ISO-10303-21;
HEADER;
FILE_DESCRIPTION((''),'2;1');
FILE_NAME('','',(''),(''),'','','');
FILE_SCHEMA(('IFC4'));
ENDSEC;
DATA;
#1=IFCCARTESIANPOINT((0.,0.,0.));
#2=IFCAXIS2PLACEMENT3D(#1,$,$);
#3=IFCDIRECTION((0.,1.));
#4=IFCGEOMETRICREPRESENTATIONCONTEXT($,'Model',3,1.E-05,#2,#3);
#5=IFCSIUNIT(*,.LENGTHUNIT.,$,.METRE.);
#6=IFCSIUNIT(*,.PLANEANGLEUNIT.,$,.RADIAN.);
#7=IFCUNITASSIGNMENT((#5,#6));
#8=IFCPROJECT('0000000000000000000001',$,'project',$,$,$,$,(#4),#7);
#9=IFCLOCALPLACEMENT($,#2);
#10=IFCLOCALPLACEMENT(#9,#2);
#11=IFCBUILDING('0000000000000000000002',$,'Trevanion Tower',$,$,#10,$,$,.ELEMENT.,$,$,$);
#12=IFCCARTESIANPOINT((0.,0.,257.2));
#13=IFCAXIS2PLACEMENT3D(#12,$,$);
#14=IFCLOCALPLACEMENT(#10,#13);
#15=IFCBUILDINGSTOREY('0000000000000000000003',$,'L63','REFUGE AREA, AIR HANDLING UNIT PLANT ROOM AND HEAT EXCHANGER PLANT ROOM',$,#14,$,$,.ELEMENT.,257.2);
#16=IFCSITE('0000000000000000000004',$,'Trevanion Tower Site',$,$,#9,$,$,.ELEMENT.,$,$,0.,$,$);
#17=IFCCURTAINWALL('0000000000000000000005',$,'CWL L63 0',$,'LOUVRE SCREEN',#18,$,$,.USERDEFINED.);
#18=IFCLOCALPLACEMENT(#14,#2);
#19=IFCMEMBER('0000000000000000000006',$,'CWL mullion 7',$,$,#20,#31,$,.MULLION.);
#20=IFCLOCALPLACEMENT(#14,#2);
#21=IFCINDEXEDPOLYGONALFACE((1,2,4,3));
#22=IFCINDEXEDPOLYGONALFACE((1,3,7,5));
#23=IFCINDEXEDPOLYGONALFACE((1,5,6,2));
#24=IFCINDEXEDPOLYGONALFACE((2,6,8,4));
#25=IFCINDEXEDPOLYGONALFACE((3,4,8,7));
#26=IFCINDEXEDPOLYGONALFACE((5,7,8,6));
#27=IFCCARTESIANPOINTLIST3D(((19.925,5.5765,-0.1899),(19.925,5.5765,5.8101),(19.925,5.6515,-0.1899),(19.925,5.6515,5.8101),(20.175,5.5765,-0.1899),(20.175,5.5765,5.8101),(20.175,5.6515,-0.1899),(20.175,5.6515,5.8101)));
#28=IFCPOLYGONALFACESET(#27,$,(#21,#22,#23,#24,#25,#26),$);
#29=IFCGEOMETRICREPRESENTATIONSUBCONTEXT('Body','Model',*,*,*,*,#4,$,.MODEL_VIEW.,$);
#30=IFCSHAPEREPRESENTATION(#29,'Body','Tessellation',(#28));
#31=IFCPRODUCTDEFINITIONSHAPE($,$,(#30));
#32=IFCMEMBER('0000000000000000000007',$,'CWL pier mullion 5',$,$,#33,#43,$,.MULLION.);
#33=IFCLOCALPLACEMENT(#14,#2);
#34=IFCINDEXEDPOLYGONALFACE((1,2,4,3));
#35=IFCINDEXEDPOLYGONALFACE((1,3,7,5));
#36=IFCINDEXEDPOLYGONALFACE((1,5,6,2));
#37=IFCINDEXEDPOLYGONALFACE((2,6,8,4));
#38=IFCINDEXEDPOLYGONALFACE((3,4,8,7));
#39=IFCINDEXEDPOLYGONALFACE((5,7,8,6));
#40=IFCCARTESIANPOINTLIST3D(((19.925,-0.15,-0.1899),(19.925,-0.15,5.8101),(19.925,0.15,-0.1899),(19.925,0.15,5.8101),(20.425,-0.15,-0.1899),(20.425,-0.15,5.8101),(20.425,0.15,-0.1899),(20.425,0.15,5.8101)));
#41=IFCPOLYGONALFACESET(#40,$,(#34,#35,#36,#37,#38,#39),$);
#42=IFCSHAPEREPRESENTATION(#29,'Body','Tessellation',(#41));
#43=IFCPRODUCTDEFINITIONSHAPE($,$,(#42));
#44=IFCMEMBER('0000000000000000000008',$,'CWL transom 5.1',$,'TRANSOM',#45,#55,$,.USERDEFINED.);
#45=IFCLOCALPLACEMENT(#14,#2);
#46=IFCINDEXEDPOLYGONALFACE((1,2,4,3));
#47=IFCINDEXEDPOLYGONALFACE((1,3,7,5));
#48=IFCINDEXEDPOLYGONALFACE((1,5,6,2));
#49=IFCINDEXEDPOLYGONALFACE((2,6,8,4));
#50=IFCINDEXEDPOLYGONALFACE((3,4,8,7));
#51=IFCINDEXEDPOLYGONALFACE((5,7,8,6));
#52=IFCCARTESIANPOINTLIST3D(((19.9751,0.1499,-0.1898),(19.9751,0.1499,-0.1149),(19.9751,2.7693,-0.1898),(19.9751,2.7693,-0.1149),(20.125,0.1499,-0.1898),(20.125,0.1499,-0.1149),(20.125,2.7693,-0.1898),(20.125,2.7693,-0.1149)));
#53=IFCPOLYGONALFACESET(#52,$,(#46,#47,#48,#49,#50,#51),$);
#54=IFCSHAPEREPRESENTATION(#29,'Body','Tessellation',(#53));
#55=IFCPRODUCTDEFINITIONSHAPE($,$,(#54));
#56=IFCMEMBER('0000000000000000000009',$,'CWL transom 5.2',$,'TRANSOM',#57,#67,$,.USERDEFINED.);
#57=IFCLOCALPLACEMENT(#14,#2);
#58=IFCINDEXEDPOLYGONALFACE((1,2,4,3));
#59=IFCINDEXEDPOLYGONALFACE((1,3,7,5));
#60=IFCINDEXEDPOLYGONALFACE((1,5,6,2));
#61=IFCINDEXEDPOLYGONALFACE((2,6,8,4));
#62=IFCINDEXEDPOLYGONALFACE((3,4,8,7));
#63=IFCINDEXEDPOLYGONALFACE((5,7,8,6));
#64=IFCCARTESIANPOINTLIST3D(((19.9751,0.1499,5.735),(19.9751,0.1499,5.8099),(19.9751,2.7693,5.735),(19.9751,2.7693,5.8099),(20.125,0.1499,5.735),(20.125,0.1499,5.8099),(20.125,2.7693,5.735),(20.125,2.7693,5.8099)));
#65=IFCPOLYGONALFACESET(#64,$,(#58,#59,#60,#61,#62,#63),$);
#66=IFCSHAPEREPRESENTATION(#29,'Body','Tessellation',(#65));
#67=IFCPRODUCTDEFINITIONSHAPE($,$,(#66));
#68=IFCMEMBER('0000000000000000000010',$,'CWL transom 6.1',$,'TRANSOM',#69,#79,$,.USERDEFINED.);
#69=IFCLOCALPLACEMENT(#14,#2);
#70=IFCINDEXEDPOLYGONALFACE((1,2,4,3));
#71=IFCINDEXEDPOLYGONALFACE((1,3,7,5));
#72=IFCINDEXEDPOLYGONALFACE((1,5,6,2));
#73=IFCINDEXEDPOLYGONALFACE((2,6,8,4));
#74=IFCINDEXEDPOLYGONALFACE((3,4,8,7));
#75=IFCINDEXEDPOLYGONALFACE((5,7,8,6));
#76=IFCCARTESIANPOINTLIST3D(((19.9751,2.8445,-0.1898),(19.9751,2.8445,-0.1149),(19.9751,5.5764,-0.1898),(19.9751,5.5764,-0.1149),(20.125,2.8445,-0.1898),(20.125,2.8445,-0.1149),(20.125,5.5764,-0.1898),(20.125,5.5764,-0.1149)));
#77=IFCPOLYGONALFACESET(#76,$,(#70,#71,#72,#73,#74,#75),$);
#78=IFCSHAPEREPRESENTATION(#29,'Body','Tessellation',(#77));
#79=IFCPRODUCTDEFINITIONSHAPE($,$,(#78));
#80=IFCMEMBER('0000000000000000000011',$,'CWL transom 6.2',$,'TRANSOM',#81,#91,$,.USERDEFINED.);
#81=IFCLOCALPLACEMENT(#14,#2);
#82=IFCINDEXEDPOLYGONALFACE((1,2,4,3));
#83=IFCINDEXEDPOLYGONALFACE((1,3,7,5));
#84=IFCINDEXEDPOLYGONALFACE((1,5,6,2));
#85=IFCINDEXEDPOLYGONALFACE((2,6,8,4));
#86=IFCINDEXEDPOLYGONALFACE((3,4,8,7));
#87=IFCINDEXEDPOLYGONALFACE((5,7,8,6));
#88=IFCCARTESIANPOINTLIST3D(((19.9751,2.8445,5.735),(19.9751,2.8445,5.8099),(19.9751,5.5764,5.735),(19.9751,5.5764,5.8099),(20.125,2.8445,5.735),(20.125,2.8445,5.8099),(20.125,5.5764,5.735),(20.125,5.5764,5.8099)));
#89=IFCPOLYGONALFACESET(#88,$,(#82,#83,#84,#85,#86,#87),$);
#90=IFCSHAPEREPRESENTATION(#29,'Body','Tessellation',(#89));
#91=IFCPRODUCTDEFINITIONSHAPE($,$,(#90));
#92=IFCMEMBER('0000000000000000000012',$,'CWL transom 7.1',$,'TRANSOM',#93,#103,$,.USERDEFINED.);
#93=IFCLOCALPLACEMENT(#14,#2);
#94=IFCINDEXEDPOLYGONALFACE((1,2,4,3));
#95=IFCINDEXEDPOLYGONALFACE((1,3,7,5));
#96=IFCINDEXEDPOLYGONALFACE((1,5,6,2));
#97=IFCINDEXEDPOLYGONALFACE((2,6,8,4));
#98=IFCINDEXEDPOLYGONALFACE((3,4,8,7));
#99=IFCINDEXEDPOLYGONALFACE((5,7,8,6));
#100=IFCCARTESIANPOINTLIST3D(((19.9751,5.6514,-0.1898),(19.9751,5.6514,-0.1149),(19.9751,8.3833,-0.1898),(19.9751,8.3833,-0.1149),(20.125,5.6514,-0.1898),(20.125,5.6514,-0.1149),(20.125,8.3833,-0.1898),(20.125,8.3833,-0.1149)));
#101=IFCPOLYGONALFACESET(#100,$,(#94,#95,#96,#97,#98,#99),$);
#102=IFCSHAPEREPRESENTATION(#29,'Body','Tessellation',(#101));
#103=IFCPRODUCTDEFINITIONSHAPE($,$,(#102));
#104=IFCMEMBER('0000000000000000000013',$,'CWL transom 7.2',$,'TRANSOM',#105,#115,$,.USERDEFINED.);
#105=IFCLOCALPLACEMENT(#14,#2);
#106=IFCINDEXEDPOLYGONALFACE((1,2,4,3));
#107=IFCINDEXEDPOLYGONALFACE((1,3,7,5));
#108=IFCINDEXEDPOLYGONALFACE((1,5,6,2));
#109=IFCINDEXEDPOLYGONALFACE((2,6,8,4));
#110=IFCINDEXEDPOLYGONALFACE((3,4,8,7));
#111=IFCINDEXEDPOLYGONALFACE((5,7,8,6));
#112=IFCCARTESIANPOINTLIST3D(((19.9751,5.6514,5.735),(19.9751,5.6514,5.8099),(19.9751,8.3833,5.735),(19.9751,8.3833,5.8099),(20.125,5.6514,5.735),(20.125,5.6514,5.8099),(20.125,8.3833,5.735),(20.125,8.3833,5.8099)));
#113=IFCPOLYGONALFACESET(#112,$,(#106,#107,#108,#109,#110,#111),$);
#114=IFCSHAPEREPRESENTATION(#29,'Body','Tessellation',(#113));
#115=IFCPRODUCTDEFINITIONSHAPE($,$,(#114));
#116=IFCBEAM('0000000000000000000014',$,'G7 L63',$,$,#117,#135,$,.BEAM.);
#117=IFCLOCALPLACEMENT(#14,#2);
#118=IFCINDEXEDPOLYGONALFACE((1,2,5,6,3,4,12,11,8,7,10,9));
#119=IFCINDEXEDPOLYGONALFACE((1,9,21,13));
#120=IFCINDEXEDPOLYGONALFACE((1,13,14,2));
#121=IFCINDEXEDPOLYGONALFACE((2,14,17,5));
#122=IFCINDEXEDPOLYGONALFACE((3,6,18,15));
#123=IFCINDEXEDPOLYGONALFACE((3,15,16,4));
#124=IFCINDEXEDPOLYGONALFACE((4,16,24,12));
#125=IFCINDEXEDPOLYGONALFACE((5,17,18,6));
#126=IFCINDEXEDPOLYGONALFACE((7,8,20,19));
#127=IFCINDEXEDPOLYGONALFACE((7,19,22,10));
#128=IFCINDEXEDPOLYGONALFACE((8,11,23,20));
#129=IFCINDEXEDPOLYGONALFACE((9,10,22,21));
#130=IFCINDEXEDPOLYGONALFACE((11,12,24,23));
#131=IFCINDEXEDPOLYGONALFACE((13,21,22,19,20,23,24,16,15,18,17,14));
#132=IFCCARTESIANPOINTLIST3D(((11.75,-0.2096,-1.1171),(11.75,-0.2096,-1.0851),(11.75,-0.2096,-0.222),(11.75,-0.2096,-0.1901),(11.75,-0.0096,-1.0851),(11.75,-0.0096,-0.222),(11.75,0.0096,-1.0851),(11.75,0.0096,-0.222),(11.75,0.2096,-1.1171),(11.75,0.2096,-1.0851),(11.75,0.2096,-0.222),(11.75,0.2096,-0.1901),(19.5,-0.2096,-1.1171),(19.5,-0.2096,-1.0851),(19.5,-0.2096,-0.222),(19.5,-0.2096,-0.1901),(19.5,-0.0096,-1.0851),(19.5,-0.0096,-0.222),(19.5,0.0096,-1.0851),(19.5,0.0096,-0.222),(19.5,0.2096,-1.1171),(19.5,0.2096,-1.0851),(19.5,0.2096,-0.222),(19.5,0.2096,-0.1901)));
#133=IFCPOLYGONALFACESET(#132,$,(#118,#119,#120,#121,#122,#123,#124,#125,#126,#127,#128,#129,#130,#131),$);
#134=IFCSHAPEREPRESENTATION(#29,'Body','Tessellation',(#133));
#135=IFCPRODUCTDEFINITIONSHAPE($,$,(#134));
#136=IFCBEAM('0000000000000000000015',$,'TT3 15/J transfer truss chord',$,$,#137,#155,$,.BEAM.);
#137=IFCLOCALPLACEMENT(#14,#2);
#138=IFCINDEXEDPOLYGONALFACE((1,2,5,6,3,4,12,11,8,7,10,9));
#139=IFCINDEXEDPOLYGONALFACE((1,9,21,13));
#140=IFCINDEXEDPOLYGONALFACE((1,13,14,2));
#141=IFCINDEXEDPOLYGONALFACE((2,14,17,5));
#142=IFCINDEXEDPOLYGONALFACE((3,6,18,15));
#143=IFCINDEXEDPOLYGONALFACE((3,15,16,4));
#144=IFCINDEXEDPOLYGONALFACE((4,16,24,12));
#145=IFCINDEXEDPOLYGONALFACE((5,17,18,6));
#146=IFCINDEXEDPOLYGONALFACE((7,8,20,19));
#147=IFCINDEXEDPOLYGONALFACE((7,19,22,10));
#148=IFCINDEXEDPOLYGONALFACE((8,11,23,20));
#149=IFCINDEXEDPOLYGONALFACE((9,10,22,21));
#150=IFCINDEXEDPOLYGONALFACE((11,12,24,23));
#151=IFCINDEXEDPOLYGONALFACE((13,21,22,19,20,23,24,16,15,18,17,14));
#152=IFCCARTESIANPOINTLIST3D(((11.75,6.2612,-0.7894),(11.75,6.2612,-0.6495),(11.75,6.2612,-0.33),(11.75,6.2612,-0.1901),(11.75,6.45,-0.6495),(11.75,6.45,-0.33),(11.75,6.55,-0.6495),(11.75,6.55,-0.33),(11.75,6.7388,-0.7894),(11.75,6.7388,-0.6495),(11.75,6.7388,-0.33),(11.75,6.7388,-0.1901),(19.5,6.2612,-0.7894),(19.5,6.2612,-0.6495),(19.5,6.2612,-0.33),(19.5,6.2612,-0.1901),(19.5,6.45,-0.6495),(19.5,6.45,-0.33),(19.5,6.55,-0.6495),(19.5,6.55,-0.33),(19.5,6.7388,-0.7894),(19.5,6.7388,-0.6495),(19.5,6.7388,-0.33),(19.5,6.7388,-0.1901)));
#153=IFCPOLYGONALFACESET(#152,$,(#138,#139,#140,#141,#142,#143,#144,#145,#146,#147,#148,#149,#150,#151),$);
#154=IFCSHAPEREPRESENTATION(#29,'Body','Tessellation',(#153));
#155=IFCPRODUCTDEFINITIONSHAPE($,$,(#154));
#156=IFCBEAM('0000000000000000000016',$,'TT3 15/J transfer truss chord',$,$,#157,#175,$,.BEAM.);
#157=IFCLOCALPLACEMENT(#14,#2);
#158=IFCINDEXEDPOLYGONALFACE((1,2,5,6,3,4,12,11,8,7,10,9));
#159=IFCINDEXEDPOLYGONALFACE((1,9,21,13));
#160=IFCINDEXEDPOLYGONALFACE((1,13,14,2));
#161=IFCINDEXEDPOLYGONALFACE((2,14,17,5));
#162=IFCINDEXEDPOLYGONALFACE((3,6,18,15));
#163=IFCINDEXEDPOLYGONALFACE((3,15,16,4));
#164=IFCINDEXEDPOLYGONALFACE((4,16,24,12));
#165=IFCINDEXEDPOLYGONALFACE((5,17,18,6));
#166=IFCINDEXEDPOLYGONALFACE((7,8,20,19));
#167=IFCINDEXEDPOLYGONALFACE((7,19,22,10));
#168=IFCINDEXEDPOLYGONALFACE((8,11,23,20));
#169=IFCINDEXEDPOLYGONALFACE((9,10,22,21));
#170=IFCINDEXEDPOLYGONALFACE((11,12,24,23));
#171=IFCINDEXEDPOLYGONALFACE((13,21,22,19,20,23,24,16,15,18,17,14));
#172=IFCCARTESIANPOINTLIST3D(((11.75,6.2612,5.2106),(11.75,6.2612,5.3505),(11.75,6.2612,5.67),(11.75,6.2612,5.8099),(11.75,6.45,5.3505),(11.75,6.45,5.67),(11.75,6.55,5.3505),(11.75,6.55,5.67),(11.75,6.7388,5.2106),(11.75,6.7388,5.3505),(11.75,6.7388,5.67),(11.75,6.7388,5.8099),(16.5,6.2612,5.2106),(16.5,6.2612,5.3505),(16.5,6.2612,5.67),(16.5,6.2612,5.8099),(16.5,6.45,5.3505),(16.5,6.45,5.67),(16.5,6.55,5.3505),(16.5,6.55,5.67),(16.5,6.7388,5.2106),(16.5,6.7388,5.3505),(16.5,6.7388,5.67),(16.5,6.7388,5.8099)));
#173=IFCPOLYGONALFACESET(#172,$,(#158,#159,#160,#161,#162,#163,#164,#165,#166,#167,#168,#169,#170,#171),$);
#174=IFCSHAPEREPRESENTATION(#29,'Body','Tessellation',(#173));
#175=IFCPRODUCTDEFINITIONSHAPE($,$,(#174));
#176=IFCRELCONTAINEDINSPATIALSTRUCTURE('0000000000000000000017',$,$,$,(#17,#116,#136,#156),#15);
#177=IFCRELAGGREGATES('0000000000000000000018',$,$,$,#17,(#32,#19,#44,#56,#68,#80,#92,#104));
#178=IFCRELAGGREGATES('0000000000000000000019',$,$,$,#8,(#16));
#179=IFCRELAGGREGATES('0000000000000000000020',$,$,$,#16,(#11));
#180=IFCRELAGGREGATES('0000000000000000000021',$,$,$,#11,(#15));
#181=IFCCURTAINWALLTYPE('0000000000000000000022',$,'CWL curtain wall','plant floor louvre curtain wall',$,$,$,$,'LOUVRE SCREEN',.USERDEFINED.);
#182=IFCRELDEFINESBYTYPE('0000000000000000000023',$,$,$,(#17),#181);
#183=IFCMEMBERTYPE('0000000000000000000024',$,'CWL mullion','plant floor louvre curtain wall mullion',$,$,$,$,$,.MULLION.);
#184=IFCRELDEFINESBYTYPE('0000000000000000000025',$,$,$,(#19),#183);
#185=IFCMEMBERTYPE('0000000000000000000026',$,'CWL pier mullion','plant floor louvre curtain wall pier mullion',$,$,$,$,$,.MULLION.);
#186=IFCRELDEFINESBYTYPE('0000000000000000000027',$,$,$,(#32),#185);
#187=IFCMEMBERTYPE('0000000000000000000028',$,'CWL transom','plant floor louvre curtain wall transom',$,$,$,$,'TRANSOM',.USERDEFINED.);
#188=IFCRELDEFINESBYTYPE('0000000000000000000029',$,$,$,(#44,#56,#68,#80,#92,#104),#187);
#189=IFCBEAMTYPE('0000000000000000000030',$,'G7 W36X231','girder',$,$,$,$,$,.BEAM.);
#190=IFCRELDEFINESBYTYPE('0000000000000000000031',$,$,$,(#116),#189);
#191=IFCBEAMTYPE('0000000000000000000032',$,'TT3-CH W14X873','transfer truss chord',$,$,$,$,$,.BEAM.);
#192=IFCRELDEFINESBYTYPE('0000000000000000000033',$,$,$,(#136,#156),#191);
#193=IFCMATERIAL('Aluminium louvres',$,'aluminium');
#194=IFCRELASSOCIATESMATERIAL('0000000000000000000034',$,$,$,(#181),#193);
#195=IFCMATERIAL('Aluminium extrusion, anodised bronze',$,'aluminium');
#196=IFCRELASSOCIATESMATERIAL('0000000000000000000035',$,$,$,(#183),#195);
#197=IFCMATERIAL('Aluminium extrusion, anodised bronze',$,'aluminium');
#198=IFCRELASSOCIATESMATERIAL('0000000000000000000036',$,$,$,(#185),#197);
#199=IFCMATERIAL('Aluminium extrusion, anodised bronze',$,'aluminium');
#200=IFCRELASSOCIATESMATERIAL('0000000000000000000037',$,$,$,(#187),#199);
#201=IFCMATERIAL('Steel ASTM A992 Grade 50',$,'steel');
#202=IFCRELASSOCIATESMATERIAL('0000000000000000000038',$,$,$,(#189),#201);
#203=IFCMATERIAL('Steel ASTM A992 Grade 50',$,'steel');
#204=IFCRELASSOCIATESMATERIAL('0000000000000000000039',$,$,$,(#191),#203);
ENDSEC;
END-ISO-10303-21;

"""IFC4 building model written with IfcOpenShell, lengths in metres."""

from ifc_helpers import new_model, si_unit, direction, frame, origin, origin_2d, place, context, subcontext, project, spatial, rectangle, i_section, extrude, material, material_profile, profile_set, type_object, element, aggregate, save


model = new_model("IFC4")

# Units and contexts
model_context = context("Model", 3, precision=1e-05, world=origin(), true_north=direction((0.0, 1.0)))
body_context = subcontext(model_context, "Body", "Model", "MODEL_VIEW")
ifc_project = project(units=[si_unit("LENGTHUNIT", "METRE"), si_unit("PLANEANGLEUNIT", "RADIAN")], contexts=[model_context])

# Site, building, storey
site_placement = place(None, origin())
site = spatial("IfcSite", under=ifc_project, at=site_placement, Name="Trevanion Tower Site", CompositionType="ELEMENT", RefElevation=0.0)
building_placement = place(site_placement, origin())
building = spatial("IfcBuilding", under=site, at=building_placement, Name="Trevanion Tower", CompositionType="ELEMENT")
storey_placement = place(building_placement, frame((0.0, 0.0, 257.2)))
storey = spatial("IfcBuildingStorey", under=building, at=storey_placement, Name="L63", Description="REFUGE AREA, AIR HANDLING UNIT PLANT ROOM AND HEAT EXCHANGER PLANT ROOM", CompositionType="ELEMENT", Elevation=257.2)

# Curtain wall, members
ifc_material_1 = material(Name="Aluminium louvres", Category="aluminium")
curtain_wall_type = type_object("IfcCurtainWallType", Name="CWL curtain wall", Description="plant floor louvre curtain wall", ElementType="LOUVRE SCREEN", PredefinedType="USERDEFINED", material=ifc_material_1)
curtain_wall_placement = place(storey_placement, origin())
curtain_wall = element("IfcCurtainWall", 1, at=curtain_wall_placement, inside=storey, type_object=curtain_wall_type, Name="CWL L63 0", ObjectType="LOUVRE SCREEN", PredefinedType="USERDEFINED")
ifc_material_2 = material(Name="Aluminium extrusion, anodised bronze", Category="aluminium")
ifc_material_profile_1 = material_profile(ifc_material_2, rectangle(XDim=0.075, YDim=0.25, at=origin_2d()), Name="CWL mullion")
ifc_profile_set_1 = profile_set([ifc_material_profile_1], Name="Aluminium extrusion, anodised bronze")
member_type_1 = type_object("IfcMemberType", Name="CWL mullion", Description="plant floor louvre curtain wall mullion", PredefinedType="MULLION", material=ifc_profile_set_1)
member_1_placement = place(storey_placement, frame((20.05, 5.614, -0.1899), z_axis=(0.0, 0.0, 1.0), x_axis=(0.0, 1.0, 0.0)))
member_1 = element("IfcMember", 2, at=member_1_placement, type_object=member_type_1, Name="CWL mullion 7", PredefinedType="MULLION", context=body_context, shape_type="SweptSolid", body=[
    extrude(rectangle(XDim=0.075, YDim=0.25, at=origin_2d()), origin(), (0.0, 0.0, 1.0), 6.0),
])
ifc_material_3 = material(Name="Aluminium extrusion, anodised bronze", Category="aluminium")
ifc_material_profile_2 = material_profile(ifc_material_3, rectangle(XDim=0.3, YDim=0.5, at=origin_2d()), Name="CWL pier mullion")
ifc_profile_set_2 = profile_set([ifc_material_profile_2], Name="Aluminium extrusion, anodised bronze")
member_type_2 = type_object("IfcMemberType", Name="CWL pier mullion", Description="plant floor louvre curtain wall pier mullion", PredefinedType="MULLION", material=ifc_profile_set_2)
member_2_placement = place(storey_placement, frame((20.175, 0.0, -0.1899), z_axis=(0.0, 0.0, 1.0), x_axis=(0.0, 1.0, 0.0)))
member_2 = element("IfcMember", 3, at=member_2_placement, type_object=member_type_2, Name="CWL pier mullion 5", PredefinedType="MULLION", context=body_context, shape_type="SweptSolid", body=[
    extrude(rectangle(XDim=0.3, YDim=0.5, at=origin_2d()), origin(), (0.0, 0.0, 1.0), 6.0),
])
ifc_material_4 = material(Name="Aluminium extrusion, anodised bronze", Category="aluminium")
ifc_material_profile_3 = material_profile(ifc_material_4, rectangle(XDim=0.1499, YDim=0.075, at=origin_2d()), Name="CWL transom")
ifc_profile_set_3 = profile_set([ifc_material_profile_3], Name="Aluminium extrusion, anodised bronze")
member_type_3 = type_object("IfcMemberType", Name="CWL transom", Description="plant floor louvre curtain wall transom", ElementType="TRANSOM", PredefinedType="USERDEFINED", material=ifc_profile_set_3)
member_3_placement = place(storey_placement, frame((20.05, 0.1499, -0.1523), z_axis=(0.0, 1.0, 0.0), x_axis=(-1.0, 0.0, 0.0)))
member_3 = element("IfcMember", 4, at=member_3_placement, type_object=member_type_3, Name="CWL transom 5.1", ObjectType="TRANSOM", PredefinedType="USERDEFINED", context=body_context, shape_type="SweptSolid", body=[
    extrude(rectangle(XDim=0.1499, YDim=0.075, at=origin_2d()), origin(), (0.0, 0.0, 1.0), 2.6194),
])
member_4_placement = place(storey_placement, frame((20.05, 0.1499, 5.7725), z_axis=(0.0, 1.0, 0.0), x_axis=(-1.0, 0.0, 0.0)))
member_4 = element("IfcMember", 5, at=member_4_placement, type_object=member_type_3, Name="CWL transom 5.2", ObjectType="TRANSOM", PredefinedType="USERDEFINED", context=body_context, shape_type="SweptSolid", body=[
    extrude(rectangle(XDim=0.1499, YDim=0.075, at=origin_2d()), origin(), (0.0, 0.0, 1.0), 2.6194),
])
member_5_placement = place(storey_placement, frame((20.05, 2.8445, -0.1523), z_axis=(0.0, 1.0, 0.0), x_axis=(-1.0, 0.0, 0.0)))
member_5 = element("IfcMember", 6, at=member_5_placement, type_object=member_type_3, Name="CWL transom 6.1", ObjectType="TRANSOM", PredefinedType="USERDEFINED", context=body_context, shape_type="SweptSolid", body=[
    extrude(rectangle(XDim=0.1499, YDim=0.075, at=origin_2d()), origin(), (0.0, 0.0, 1.0), 2.7319),
])
member_6_placement = place(storey_placement, frame((20.05, 2.8445, 5.7725), z_axis=(0.0, 1.0, 0.0), x_axis=(-1.0, 0.0, 0.0)))
member_6 = element("IfcMember", 7, at=member_6_placement, type_object=member_type_3, Name="CWL transom 6.2", ObjectType="TRANSOM", PredefinedType="USERDEFINED", context=body_context, shape_type="SweptSolid", body=[
    extrude(rectangle(XDim=0.1499, YDim=0.075, at=origin_2d()), origin(), (0.0, 0.0, 1.0), 2.7319),
])
member_7_placement = place(storey_placement, frame((20.05, 5.6514, -0.1523), z_axis=(0.0, 1.0, 0.0), x_axis=(-1.0, 0.0, 0.0)))
member_7 = element("IfcMember", 8, at=member_7_placement, type_object=member_type_3, Name="CWL transom 7.1", ObjectType="TRANSOM", PredefinedType="USERDEFINED", context=body_context, shape_type="SweptSolid", body=[
    extrude(rectangle(XDim=0.1499, YDim=0.075, at=origin_2d()), origin(), (0.0, 0.0, 1.0), 2.7319),
])
member_8_placement = place(storey_placement, frame((20.05, 5.6514, 5.7725), z_axis=(0.0, 1.0, 0.0), x_axis=(-1.0, 0.0, 0.0)))
member_8 = element("IfcMember", 9, at=member_8_placement, type_object=member_type_3, Name="CWL transom 7.2", ObjectType="TRANSOM", PredefinedType="USERDEFINED", context=body_context, shape_type="SweptSolid", body=[
    extrude(rectangle(XDim=0.1499, YDim=0.075, at=origin_2d()), origin(), (0.0, 0.0, 1.0), 2.7319),
])

# Beams
ifc_material_5 = material(Name="Steel ASTM A992 Grade 50", Category="steel")
ifc_material_profile_4 = material_profile(ifc_material_5, i_section(OverallWidth=0.4192, OverallDepth=0.927, WebThickness=0.0193, FlangeThickness=0.032, at=origin_2d()), Name="W36X231")
ifc_profile_set_4 = profile_set([ifc_material_profile_4], Name="Steel ASTM A992 Grade 50")
beam_type_1 = type_object("IfcBeamType", Name="G7 W36X231", Description="girder", PredefinedType="BEAM", material=ifc_profile_set_4)
beam_1_placement = place(storey_placement, frame((11.75, 0.0, -0.6536), z_axis=(1.0, 0.0, 0.0), x_axis=(0.0, 1.0, 0.0)))
element("IfcBeam", 10, at=beam_1_placement, inside=storey, type_object=beam_type_1, Name="G7 L63", PredefinedType="BEAM", context=body_context, shape_type="SweptSolid", body=[
    extrude(i_section(OverallWidth=0.4192, OverallDepth=0.927, WebThickness=0.0193, FlangeThickness=0.032, at=origin_2d()), origin(), (0.0, 0.0, 1.0), 7.75),
])
ifc_material_6 = material(Name="Steel ASTM A992 Grade 50", Category="steel")
ifc_material_profile_5 = material_profile(ifc_material_6, i_section(OverallWidth=0.4775, OverallDepth=0.5994, WebThickness=0.1001, FlangeThickness=0.1399, at=origin_2d()), Name="W14X873")
ifc_profile_set_5 = profile_set([ifc_material_profile_5], Name="Steel ASTM A992 Grade 50")
beam_type_2 = type_object("IfcBeamType", Name="TT3-CH W14X873", Description="transfer truss chord", PredefinedType="BEAM", material=ifc_profile_set_5)
beam_2_placement = place(storey_placement, frame((11.75, 6.5, -0.4897), z_axis=(1.0, 0.0, 0.0), x_axis=(0.0, 1.0, 0.0)))
element("IfcBeam", 11, at=beam_2_placement, inside=storey, type_object=beam_type_2, Name="TT3 15/J transfer truss chord", PredefinedType="BEAM", context=body_context, shape_type="SweptSolid", body=[
    extrude(i_section(OverallWidth=0.4775, OverallDepth=0.5994, WebThickness=0.1001, FlangeThickness=0.1399, at=origin_2d()), origin(), (0.0, 0.0, 1.0), 7.75),
])
beam_3_placement = place(storey_placement, frame((11.75, 6.5, 5.5103), z_axis=(1.0, 0.0, 0.0), x_axis=(0.0, 1.0, 0.0)))
element("IfcBeam", 12, at=beam_3_placement, inside=storey, type_object=beam_type_2, Name="TT3 15/J transfer truss chord", PredefinedType="BEAM", context=body_context, shape_type="SweptSolid", body=[
    extrude(i_section(OverallWidth=0.4775, OverallDepth=0.5994, WebThickness=0.1001, FlangeThickness=0.1399, at=origin_2d()), origin(), (0.0, 0.0, 1.0), 4.75),
])

aggregate(curtain_wall, [member_2, member_1, member_3, member_4, member_5, member_6, member_7, member_8])

save(model, "model.ifc")
